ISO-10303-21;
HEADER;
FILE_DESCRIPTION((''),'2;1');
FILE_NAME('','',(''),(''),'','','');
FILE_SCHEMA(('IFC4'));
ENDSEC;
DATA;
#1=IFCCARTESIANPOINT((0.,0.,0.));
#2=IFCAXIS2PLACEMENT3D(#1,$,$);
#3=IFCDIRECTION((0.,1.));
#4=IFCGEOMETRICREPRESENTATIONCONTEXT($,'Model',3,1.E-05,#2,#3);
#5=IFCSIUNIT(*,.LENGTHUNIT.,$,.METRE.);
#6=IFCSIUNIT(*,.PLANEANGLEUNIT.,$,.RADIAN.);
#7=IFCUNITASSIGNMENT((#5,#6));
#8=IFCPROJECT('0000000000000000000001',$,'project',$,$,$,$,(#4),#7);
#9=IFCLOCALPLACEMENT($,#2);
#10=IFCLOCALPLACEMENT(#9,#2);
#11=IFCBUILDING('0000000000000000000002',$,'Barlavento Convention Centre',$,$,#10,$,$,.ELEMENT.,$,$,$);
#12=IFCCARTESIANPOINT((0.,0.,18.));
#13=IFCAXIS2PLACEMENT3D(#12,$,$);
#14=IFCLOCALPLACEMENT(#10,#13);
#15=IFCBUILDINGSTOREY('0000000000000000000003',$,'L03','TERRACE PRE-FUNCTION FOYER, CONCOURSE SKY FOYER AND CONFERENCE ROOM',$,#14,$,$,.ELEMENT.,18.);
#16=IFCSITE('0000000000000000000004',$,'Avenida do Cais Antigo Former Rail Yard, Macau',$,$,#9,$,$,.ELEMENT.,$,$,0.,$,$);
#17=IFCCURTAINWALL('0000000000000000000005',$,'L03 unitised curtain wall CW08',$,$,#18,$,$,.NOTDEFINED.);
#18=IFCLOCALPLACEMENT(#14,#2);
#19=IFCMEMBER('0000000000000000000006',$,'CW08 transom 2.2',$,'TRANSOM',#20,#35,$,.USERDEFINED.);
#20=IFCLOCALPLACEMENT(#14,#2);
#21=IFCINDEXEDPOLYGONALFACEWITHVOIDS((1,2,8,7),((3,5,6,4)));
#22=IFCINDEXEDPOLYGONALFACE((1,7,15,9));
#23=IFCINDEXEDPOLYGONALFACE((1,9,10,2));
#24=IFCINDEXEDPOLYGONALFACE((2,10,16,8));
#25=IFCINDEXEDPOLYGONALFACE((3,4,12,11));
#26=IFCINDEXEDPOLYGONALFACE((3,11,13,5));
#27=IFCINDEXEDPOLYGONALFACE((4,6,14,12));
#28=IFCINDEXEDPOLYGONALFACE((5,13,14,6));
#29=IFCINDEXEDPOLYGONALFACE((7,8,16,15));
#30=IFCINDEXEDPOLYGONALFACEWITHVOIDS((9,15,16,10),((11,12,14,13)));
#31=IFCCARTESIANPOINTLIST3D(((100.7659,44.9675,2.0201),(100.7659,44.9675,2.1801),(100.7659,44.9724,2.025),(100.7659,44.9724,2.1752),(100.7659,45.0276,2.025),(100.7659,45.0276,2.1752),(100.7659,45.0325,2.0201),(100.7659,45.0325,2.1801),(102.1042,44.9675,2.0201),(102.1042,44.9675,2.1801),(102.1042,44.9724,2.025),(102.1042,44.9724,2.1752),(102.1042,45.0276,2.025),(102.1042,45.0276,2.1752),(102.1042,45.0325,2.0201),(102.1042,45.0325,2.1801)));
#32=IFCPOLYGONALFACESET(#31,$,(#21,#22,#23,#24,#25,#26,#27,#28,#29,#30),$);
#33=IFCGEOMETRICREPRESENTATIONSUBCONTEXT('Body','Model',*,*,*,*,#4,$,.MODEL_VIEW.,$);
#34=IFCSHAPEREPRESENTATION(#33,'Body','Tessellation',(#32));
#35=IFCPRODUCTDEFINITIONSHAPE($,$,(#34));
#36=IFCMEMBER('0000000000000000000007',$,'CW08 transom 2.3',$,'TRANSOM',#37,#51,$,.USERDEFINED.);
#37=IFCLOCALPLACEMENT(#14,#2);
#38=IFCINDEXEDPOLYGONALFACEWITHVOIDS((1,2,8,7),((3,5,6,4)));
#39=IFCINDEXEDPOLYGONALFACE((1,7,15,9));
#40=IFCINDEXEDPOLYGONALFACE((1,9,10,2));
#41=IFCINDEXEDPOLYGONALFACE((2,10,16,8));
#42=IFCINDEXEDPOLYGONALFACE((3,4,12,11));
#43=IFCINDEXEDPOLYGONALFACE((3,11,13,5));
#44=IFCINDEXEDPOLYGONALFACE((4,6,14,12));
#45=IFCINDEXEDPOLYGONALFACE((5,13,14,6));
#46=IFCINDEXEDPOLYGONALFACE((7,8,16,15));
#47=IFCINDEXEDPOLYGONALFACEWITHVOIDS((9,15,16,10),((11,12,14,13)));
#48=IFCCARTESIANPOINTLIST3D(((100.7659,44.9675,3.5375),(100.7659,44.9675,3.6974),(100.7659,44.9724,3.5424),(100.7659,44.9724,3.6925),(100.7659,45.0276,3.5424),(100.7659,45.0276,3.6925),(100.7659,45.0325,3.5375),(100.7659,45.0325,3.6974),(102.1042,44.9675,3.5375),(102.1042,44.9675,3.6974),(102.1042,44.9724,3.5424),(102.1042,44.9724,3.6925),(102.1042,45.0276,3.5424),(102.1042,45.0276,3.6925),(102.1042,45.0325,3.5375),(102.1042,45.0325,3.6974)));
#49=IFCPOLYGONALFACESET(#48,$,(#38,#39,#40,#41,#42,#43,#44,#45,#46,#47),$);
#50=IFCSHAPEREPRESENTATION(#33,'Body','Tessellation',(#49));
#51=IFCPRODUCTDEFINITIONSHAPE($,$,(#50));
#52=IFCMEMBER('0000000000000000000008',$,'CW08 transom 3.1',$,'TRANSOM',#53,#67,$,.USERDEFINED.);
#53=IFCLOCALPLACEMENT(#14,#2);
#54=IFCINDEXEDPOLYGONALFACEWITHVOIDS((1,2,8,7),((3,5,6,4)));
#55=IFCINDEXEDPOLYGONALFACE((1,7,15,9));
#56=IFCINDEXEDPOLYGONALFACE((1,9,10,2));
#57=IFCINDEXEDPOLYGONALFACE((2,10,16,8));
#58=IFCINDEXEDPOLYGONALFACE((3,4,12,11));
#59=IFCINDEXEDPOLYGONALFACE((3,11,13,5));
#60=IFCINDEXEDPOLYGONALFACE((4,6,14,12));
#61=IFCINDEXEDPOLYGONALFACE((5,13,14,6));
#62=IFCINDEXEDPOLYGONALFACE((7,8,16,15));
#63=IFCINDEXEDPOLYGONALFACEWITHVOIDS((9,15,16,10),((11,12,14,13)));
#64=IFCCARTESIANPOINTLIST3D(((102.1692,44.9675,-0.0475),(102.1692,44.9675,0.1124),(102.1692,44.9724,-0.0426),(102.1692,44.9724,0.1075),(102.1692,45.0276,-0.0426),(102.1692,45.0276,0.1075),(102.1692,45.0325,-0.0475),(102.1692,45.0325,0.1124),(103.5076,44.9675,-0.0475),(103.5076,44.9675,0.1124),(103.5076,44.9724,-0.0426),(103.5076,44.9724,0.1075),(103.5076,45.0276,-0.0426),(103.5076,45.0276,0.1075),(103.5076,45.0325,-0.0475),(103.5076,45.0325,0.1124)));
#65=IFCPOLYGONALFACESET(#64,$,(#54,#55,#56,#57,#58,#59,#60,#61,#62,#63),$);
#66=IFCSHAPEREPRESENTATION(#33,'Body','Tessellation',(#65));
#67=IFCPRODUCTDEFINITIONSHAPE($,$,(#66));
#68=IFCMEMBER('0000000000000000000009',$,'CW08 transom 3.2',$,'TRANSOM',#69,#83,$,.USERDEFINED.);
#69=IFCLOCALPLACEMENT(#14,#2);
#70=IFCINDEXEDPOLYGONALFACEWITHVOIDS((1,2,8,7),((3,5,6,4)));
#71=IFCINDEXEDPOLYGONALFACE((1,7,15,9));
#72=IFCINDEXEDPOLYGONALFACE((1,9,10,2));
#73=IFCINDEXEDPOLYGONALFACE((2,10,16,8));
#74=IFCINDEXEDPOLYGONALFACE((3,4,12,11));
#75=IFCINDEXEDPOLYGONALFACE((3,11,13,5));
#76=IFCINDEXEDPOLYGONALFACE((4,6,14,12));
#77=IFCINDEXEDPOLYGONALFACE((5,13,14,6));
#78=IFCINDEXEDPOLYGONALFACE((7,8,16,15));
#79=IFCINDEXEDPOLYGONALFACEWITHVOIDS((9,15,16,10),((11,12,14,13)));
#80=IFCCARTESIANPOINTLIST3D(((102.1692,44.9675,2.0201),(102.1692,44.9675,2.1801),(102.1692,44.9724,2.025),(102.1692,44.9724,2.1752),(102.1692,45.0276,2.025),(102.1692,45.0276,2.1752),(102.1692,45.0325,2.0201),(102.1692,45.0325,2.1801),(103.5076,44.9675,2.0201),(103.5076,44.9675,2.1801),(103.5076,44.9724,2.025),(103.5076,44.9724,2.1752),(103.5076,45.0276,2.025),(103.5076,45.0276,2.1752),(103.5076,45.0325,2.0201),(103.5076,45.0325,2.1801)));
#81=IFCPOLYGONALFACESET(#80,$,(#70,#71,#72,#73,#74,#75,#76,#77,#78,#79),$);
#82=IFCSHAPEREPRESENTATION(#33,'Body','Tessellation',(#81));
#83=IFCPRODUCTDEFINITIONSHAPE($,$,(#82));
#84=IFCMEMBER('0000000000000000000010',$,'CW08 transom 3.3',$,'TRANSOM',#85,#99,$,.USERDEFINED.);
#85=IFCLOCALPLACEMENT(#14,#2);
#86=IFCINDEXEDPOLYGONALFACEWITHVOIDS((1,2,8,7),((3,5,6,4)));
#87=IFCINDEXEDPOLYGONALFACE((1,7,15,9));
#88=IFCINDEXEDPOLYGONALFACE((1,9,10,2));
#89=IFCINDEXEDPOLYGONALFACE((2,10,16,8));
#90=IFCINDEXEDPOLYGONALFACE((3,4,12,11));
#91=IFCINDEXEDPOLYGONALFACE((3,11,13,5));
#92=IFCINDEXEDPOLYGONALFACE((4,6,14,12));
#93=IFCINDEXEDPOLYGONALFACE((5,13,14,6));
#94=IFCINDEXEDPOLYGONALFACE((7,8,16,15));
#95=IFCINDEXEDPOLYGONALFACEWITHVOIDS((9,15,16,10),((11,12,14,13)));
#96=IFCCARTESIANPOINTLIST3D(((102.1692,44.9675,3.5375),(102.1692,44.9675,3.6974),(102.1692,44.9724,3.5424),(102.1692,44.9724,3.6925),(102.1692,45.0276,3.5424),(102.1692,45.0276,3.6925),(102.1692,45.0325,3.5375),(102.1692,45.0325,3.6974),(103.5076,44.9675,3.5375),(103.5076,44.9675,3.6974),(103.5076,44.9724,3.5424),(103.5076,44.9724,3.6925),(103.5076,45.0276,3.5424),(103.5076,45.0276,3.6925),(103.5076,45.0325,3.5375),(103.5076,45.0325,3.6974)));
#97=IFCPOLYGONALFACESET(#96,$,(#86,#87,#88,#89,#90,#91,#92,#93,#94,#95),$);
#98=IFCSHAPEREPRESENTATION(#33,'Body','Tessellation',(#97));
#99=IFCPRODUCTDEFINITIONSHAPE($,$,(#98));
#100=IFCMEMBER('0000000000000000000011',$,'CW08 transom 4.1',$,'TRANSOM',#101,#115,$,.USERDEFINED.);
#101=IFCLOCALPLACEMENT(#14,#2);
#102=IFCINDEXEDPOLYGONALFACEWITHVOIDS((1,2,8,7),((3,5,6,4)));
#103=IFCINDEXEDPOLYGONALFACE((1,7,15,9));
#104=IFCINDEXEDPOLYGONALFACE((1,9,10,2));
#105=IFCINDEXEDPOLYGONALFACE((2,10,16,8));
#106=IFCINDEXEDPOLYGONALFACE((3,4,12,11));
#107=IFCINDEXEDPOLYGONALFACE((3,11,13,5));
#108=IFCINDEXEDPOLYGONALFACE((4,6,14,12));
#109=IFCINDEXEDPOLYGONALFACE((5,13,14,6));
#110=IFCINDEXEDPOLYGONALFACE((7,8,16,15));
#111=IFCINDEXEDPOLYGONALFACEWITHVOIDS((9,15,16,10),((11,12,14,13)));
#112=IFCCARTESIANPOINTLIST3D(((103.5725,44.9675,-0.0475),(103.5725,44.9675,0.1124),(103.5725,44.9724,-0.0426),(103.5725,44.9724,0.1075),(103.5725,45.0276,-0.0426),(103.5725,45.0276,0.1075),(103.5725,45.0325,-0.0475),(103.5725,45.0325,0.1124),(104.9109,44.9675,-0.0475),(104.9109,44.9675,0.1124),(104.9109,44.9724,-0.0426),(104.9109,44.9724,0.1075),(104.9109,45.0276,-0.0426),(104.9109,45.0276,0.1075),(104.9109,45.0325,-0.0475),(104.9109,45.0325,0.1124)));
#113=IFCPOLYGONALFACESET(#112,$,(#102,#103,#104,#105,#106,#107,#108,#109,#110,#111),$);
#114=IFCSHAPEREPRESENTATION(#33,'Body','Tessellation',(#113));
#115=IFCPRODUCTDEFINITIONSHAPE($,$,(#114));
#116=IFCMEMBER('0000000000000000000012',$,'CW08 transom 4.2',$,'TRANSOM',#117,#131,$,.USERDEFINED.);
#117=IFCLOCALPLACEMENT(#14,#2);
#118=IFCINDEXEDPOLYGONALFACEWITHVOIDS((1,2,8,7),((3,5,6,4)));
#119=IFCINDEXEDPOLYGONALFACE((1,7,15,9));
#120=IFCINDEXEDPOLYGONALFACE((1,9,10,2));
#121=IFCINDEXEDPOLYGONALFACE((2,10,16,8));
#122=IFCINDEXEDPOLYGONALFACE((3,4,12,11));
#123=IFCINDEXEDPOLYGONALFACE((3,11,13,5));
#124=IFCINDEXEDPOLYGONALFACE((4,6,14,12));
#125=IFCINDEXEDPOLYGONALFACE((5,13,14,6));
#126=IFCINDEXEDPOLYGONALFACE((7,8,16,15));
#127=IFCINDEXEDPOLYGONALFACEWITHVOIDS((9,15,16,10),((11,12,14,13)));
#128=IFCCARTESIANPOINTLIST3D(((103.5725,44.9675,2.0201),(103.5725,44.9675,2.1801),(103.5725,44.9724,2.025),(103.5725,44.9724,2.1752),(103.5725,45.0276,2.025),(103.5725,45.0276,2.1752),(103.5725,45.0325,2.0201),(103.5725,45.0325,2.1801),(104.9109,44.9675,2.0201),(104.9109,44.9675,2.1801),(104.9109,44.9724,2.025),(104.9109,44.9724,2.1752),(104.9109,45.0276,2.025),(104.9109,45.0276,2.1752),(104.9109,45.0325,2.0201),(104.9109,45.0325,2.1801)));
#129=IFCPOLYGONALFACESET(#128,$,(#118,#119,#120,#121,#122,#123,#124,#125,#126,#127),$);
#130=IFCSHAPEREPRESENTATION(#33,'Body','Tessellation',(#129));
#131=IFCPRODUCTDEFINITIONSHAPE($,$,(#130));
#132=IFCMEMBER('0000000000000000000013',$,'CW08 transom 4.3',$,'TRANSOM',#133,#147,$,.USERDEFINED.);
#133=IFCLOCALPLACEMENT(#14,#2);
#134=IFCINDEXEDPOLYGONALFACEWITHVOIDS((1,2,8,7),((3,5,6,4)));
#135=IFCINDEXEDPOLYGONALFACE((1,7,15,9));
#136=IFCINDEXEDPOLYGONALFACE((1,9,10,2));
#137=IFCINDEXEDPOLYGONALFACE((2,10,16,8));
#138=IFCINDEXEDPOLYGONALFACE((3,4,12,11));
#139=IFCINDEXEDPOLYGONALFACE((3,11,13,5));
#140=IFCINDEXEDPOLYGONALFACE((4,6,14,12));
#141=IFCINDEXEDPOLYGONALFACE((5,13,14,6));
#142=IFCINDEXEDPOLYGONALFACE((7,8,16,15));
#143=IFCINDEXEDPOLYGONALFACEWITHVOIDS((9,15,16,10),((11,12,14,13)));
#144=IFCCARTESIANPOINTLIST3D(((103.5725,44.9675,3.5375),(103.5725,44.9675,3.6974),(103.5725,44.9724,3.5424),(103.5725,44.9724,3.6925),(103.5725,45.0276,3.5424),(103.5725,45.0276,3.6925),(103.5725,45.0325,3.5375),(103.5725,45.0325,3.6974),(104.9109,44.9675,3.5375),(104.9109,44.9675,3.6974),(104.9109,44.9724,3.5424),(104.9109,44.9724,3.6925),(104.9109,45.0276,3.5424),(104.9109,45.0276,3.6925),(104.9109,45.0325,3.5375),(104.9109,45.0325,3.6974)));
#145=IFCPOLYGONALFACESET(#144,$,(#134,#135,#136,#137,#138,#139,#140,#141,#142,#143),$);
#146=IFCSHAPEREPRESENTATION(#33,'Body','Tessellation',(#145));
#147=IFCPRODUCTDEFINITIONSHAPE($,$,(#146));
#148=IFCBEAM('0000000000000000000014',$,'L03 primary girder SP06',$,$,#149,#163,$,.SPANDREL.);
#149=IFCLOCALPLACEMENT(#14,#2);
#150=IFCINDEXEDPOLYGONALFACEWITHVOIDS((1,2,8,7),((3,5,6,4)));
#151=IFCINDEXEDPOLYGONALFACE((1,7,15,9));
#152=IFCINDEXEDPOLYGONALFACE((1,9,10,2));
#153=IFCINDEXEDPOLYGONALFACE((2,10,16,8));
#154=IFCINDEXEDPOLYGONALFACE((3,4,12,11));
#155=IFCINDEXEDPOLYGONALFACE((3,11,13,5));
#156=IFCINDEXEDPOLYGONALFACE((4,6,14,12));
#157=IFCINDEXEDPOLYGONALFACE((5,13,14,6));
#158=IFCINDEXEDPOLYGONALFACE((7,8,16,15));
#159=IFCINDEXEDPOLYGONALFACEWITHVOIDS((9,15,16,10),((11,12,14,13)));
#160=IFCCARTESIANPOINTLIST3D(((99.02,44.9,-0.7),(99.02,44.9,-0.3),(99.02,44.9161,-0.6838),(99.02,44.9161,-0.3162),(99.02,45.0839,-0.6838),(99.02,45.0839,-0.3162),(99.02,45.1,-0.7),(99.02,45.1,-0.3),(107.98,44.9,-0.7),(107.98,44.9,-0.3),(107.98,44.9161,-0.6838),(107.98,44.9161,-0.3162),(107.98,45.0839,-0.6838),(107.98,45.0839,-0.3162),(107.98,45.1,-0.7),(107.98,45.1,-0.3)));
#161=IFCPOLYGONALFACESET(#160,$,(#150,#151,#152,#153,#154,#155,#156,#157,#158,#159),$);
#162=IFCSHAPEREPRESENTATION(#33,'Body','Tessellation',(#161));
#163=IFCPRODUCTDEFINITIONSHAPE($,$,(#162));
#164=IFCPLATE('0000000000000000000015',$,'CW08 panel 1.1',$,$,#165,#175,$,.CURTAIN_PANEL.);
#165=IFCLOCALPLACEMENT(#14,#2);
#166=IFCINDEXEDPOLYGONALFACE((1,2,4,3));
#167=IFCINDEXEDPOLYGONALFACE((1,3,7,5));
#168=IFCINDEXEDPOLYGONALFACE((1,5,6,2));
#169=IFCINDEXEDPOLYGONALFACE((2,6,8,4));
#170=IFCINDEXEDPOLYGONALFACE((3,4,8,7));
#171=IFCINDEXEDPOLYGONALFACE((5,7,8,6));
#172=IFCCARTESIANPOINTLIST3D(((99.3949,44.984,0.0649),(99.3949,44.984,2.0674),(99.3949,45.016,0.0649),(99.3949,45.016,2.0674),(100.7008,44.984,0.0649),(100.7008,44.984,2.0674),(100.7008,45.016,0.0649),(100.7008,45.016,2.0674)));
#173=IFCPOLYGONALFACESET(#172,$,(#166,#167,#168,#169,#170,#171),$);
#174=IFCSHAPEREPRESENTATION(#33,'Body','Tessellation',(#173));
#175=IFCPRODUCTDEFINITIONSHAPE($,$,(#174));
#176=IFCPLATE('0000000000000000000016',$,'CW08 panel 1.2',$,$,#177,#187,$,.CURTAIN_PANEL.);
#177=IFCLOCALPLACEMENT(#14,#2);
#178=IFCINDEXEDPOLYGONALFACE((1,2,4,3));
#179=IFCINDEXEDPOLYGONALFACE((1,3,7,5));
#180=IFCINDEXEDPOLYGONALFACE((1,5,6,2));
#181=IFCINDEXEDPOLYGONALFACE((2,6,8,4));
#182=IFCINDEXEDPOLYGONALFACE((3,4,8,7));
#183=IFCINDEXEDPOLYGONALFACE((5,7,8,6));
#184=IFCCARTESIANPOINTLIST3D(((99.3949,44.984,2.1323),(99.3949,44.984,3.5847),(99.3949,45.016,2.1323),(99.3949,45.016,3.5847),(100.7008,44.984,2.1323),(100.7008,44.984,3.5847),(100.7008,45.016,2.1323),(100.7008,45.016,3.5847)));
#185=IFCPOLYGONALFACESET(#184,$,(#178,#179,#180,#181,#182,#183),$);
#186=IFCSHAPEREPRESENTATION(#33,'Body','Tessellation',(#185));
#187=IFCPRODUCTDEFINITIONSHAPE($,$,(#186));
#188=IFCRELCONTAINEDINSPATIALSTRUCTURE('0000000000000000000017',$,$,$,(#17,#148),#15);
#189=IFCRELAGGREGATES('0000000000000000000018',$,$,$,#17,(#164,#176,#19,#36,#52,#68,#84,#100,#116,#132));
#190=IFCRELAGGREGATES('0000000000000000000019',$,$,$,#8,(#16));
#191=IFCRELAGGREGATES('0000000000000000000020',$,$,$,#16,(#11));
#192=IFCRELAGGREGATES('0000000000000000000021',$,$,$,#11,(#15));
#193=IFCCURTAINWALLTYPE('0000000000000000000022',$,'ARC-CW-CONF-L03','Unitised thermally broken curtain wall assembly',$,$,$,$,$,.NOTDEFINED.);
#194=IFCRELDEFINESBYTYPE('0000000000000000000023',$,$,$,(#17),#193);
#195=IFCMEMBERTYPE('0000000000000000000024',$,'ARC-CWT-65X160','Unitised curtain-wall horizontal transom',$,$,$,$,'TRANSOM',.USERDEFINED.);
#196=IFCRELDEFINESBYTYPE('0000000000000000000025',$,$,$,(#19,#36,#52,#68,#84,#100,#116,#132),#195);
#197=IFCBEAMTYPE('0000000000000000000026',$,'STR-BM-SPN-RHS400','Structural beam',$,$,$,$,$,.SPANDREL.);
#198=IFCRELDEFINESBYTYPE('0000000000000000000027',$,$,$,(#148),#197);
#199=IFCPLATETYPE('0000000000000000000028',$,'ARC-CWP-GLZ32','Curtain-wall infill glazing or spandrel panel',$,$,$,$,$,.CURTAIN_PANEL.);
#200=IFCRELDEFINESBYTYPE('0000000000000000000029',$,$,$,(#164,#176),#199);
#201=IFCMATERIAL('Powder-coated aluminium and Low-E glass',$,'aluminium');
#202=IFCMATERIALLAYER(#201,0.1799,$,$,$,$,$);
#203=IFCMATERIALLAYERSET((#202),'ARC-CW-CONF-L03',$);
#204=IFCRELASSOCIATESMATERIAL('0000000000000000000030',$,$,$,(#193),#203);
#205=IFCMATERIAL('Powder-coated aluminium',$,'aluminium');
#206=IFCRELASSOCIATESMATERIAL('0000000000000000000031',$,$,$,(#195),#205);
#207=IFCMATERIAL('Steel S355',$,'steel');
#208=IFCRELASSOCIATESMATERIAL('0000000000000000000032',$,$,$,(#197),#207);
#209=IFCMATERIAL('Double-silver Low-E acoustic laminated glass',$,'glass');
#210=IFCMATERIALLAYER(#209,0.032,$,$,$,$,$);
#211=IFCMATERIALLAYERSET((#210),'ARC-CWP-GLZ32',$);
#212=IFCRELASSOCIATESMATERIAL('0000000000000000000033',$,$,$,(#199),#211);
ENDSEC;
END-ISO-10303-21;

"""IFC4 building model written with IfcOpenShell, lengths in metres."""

from ifc_helpers import new_model, si_unit, direction, frame, origin, origin_2d, place, context, subcontext, project, spatial, rectangle, hollow_rectangle, extrude, material, layer, layer_set, material_profile, profile_set, type_object, element, aggregate, save


model = new_model("IFC4")

# Units and contexts
model_context = context("Model", 3, precision=1e-05, world=origin(), true_north=direction((0.0, 1.0)))
body_context = subcontext(model_context, "Body", "Model", "MODEL_VIEW")
ifc_project = project(units=[si_unit("LENGTHUNIT", "METRE"), si_unit("PLANEANGLEUNIT", "RADIAN")], contexts=[model_context])

# Site, building, storey
site_placement = place(None, origin())
site = spatial("IfcSite", under=ifc_project, at=site_placement, Name="Avenida do Cais Antigo Former Rail Yard, Macau", CompositionType="ELEMENT", RefElevation=0.0)
building_placement = place(site_placement, origin())
building = spatial("IfcBuilding", under=site, at=building_placement, Name="Barlavento Convention Centre", CompositionType="ELEMENT")
storey_placement = place(building_placement, frame((0.0, 0.0, 18.0)))
storey = spatial("IfcBuildingStorey", under=building, at=storey_placement, Name="L03", Description="TERRACE PRE-FUNCTION FOYER, CONCOURSE SKY FOYER AND CONFERENCE ROOM", CompositionType="ELEMENT", Elevation=18.0)

# Shared definitions
ifc_material_1 = material(Name="Steel S355", Category="steel")

# Curtain wall, members
ifc_material_2 = material(Name="Powder-coated aluminium and Low-E glass", Category="aluminium")
ifc_layer_1 = layer(ifc_material_2, 0.1799)
ifc_layer_set_1 = layer_set([ifc_layer_1], Name="ARC-CW-CONF-L03")
curtain_wall_type = type_object("IfcCurtainWallType", Name="ARC-CW-CONF-L03", Description="Unitised thermally broken curtain wall assembly", PredefinedType="NOTDEFINED", material=ifc_layer_set_1)
curtain_wall_placement = place(storey_placement, origin())
curtain_wall = element("IfcCurtainWall", 1, at=curtain_wall_placement, inside=storey, type_object=curtain_wall_type, Name="L03 unitised curtain wall CW08", PredefinedType="NOTDEFINED")
ifc_material_3 = material(Name="Powder-coated aluminium", Category="aluminium")
ifc_material_profile_1 = material_profile(ifc_material_3, hollow_rectangle(XDim=0.0649, YDim=0.1599, WallThickness=0.0049, at=origin_2d()), Name="AL-TRAN 65x160x5")
ifc_profile_set_1 = profile_set([ifc_material_profile_1], Name="Powder-coated aluminium")
member_type_1 = type_object("IfcMemberType", Name="ARC-CWT-65X160", Description="Unitised curtain-wall horizontal transom", ElementType="TRANSOM", PredefinedType="USERDEFINED", material=ifc_profile_set_1)
member_1_placement = place(storey_placement, frame((100.7659, 45.0, 2.1001), z_axis=(1.0, 0.0, 0.0), x_axis=(0.0, 1.0, 0.0)))
member_1 = element("IfcMember", 2, at=member_1_placement, type_object=member_type_1, Name="CW08 transom 2.2", ObjectType="TRANSOM", PredefinedType="USERDEFINED", context=body_context, shape_type="SweptSolid", body=[
    extrude(hollow_rectangle(XDim=0.0649, YDim=0.1599, WallThickness=0.0049, at=origin_2d()), origin(), (0.0, 0.0, 1.0), 1.3384),
])
member_2_placement = place(storey_placement, frame((100.7659, 45.0, 3.6174), z_axis=(1.0, 0.0, 0.0), x_axis=(0.0, 1.0, 0.0)))
member_2 = element("IfcMember", 3, at=member_2_placement, type_object=member_type_1, Name="CW08 transom 2.3", ObjectType="TRANSOM", PredefinedType="USERDEFINED", context=body_context, shape_type="SweptSolid", body=[
    extrude(hollow_rectangle(XDim=0.0649, YDim=0.1599, WallThickness=0.0049, at=origin_2d()), origin(), (0.0, 0.0, 1.0), 1.3384),
])
member_3_placement = place(storey_placement, frame((102.1692, 45.0, 0.0325), z_axis=(1.0, 0.0, 0.0), x_axis=(0.0, 1.0, 0.0)))
member_3 = element("IfcMember", 4, at=member_3_placement, type_object=member_type_1, Name="CW08 transom 3.1", ObjectType="TRANSOM", PredefinedType="USERDEFINED", context=body_context, shape_type="SweptSolid", body=[
    extrude(hollow_rectangle(XDim=0.0649, YDim=0.1599, WallThickness=0.0049, at=origin_2d()), origin(), (0.0, 0.0, 1.0), 1.3384),
])
member_4_placement = place(storey_placement, frame((102.1692, 45.0, 2.1001), z_axis=(1.0, 0.0, 0.0), x_axis=(0.0, 1.0, 0.0)))
member_4 = element("IfcMember", 5, at=member_4_placement, type_object=member_type_1, Name="CW08 transom 3.2", ObjectType="TRANSOM", PredefinedType="USERDEFINED", context=body_context, shape_type="SweptSolid", body=[
    extrude(hollow_rectangle(XDim=0.0649, YDim=0.1599, WallThickness=0.0049, at=origin_2d()), origin(), (0.0, 0.0, 1.0), 1.3384),
])
member_5_placement = place(storey_placement, frame((102.1692, 45.0, 3.6174), z_axis=(1.0, 0.0, 0.0), x_axis=(0.0, 1.0, 0.0)))
member_5 = element("IfcMember", 6, at=member_5_placement, type_object=member_type_1, Name="CW08 transom 3.3", ObjectType="TRANSOM", PredefinedType="USERDEFINED", context=body_context, shape_type="SweptSolid", body=[
    extrude(hollow_rectangle(XDim=0.0649, YDim=0.1599, WallThickness=0.0049, at=origin_2d()), origin(), (0.0, 0.0, 1.0), 1.3384),
])
member_6_placement = place(storey_placement, frame((103.5725, 45.0, 0.0325), z_axis=(1.0, 0.0, 0.0), x_axis=(0.0, 1.0, 0.0)))
member_6 = element("IfcMember", 7, at=member_6_placement, type_object=member_type_1, Name="CW08 transom 4.1", ObjectType="TRANSOM", PredefinedType="USERDEFINED", context=body_context, shape_type="SweptSolid", body=[
    extrude(hollow_rectangle(XDim=0.0649, YDim=0.1599, WallThickness=0.0049, at=origin_2d()), origin(), (0.0, 0.0, 1.0), 1.3384),
])
member_7_placement = place(storey_placement, frame((103.5725, 45.0, 2.1001), z_axis=(1.0, 0.0, 0.0), x_axis=(0.0, 1.0, 0.0)))
member_7 = element("IfcMember", 8, at=member_7_placement, type_object=member_type_1, Name="CW08 transom 4.2", ObjectType="TRANSOM", PredefinedType="USERDEFINED", context=body_context, shape_type="SweptSolid", body=[
    extrude(hollow_rectangle(XDim=0.0649, YDim=0.1599, WallThickness=0.0049, at=origin_2d()), origin(), (0.0, 0.0, 1.0), 1.3384),
])
member_8_placement = place(storey_placement, frame((103.5725, 45.0, 3.6174), z_axis=(1.0, 0.0, 0.0), x_axis=(0.0, 1.0, 0.0)))
member_8 = element("IfcMember", 9, at=member_8_placement, type_object=member_type_1, Name="CW08 transom 4.3", ObjectType="TRANSOM", PredefinedType="USERDEFINED", context=body_context, shape_type="SweptSolid", body=[
    extrude(hollow_rectangle(XDim=0.0649, YDim=0.1599, WallThickness=0.0049, at=origin_2d()), origin(), (0.0, 0.0, 1.0), 1.3384),
])

# Beam
ifc_material_profile_2 = material_profile(ifc_material_1, hollow_rectangle(XDim=0.2, YDim=0.3999, WallThickness=0.0161, at=origin_2d()), Name="RHS 400x200x16.0")
ifc_profile_set_2 = profile_set([ifc_material_profile_2], Name="Steel S355")
beam_type = type_object("IfcBeamType", Name="STR-BM-SPN-RHS400", Description="Structural beam", PredefinedType="SPANDREL", material=ifc_profile_set_2)
beam_placement = place(storey_placement, frame((99.02, 45.0, -0.5), z_axis=(1.0, 0.0, 0.0), x_axis=(0.0, 1.0, 0.0)))
element("IfcBeam", 10, at=beam_placement, inside=storey, type_object=beam_type, Name="L03 primary girder SP06", PredefinedType="SPANDREL", context=body_context, shape_type="SweptSolid", body=[
    extrude(hollow_rectangle(XDim=0.2, YDim=0.3999, WallThickness=0.0161, at=origin_2d()), origin(), (0.0, 0.0, 1.0), 8.96),
])

# Plates
ifc_material_4 = material(Name="Double-silver Low-E acoustic laminated glass", Category="glass")
ifc_layer_2 = layer(ifc_material_4, 0.032)
ifc_layer_set_2 = layer_set([ifc_layer_2], Name="ARC-CWP-GLZ32")
plate_type = type_object("IfcPlateType", Name="ARC-CWP-GLZ32", Description="Curtain-wall infill glazing or spandrel panel", PredefinedType="CURTAIN_PANEL", material=ifc_layer_set_2)
plate_1_placement = place(storey_placement, frame((100.0479, 45.0, 0.0649), z_axis=(0.0, 0.0, 1.0), x_axis=(1.0, 0.0, 0.0)))
plate_1 = element("IfcPlate", 11, at=plate_1_placement, type_object=plate_type, Name="CW08 panel 1.1", PredefinedType="CURTAIN_PANEL", context=body_context, shape_type="SweptSolid", body=[
    extrude(rectangle(XDim=1.3059, YDim=0.032, at=origin_2d()), origin(), (0.0, 0.0, 1.0), 2.0024),
])
plate_2_placement = place(storey_placement, frame((100.0479, 45.0, 2.1323), z_axis=(0.0, 0.0, 1.0), x_axis=(1.0, 0.0, 0.0)))
plate_2 = element("IfcPlate", 12, at=plate_2_placement, type_object=plate_type, Name="CW08 panel 1.2", PredefinedType="CURTAIN_PANEL", context=body_context, shape_type="SweptSolid", body=[
    extrude(rectangle(XDim=1.3059, YDim=0.032, at=origin_2d()), origin(), (0.0, 0.0, 1.0), 1.4524),
])
aggregate(curtain_wall, [plate_1, plate_2, member_1, member_2, member_3, member_4, member_5, member_6, member_7, member_8])

save(model, "model.ifc")
